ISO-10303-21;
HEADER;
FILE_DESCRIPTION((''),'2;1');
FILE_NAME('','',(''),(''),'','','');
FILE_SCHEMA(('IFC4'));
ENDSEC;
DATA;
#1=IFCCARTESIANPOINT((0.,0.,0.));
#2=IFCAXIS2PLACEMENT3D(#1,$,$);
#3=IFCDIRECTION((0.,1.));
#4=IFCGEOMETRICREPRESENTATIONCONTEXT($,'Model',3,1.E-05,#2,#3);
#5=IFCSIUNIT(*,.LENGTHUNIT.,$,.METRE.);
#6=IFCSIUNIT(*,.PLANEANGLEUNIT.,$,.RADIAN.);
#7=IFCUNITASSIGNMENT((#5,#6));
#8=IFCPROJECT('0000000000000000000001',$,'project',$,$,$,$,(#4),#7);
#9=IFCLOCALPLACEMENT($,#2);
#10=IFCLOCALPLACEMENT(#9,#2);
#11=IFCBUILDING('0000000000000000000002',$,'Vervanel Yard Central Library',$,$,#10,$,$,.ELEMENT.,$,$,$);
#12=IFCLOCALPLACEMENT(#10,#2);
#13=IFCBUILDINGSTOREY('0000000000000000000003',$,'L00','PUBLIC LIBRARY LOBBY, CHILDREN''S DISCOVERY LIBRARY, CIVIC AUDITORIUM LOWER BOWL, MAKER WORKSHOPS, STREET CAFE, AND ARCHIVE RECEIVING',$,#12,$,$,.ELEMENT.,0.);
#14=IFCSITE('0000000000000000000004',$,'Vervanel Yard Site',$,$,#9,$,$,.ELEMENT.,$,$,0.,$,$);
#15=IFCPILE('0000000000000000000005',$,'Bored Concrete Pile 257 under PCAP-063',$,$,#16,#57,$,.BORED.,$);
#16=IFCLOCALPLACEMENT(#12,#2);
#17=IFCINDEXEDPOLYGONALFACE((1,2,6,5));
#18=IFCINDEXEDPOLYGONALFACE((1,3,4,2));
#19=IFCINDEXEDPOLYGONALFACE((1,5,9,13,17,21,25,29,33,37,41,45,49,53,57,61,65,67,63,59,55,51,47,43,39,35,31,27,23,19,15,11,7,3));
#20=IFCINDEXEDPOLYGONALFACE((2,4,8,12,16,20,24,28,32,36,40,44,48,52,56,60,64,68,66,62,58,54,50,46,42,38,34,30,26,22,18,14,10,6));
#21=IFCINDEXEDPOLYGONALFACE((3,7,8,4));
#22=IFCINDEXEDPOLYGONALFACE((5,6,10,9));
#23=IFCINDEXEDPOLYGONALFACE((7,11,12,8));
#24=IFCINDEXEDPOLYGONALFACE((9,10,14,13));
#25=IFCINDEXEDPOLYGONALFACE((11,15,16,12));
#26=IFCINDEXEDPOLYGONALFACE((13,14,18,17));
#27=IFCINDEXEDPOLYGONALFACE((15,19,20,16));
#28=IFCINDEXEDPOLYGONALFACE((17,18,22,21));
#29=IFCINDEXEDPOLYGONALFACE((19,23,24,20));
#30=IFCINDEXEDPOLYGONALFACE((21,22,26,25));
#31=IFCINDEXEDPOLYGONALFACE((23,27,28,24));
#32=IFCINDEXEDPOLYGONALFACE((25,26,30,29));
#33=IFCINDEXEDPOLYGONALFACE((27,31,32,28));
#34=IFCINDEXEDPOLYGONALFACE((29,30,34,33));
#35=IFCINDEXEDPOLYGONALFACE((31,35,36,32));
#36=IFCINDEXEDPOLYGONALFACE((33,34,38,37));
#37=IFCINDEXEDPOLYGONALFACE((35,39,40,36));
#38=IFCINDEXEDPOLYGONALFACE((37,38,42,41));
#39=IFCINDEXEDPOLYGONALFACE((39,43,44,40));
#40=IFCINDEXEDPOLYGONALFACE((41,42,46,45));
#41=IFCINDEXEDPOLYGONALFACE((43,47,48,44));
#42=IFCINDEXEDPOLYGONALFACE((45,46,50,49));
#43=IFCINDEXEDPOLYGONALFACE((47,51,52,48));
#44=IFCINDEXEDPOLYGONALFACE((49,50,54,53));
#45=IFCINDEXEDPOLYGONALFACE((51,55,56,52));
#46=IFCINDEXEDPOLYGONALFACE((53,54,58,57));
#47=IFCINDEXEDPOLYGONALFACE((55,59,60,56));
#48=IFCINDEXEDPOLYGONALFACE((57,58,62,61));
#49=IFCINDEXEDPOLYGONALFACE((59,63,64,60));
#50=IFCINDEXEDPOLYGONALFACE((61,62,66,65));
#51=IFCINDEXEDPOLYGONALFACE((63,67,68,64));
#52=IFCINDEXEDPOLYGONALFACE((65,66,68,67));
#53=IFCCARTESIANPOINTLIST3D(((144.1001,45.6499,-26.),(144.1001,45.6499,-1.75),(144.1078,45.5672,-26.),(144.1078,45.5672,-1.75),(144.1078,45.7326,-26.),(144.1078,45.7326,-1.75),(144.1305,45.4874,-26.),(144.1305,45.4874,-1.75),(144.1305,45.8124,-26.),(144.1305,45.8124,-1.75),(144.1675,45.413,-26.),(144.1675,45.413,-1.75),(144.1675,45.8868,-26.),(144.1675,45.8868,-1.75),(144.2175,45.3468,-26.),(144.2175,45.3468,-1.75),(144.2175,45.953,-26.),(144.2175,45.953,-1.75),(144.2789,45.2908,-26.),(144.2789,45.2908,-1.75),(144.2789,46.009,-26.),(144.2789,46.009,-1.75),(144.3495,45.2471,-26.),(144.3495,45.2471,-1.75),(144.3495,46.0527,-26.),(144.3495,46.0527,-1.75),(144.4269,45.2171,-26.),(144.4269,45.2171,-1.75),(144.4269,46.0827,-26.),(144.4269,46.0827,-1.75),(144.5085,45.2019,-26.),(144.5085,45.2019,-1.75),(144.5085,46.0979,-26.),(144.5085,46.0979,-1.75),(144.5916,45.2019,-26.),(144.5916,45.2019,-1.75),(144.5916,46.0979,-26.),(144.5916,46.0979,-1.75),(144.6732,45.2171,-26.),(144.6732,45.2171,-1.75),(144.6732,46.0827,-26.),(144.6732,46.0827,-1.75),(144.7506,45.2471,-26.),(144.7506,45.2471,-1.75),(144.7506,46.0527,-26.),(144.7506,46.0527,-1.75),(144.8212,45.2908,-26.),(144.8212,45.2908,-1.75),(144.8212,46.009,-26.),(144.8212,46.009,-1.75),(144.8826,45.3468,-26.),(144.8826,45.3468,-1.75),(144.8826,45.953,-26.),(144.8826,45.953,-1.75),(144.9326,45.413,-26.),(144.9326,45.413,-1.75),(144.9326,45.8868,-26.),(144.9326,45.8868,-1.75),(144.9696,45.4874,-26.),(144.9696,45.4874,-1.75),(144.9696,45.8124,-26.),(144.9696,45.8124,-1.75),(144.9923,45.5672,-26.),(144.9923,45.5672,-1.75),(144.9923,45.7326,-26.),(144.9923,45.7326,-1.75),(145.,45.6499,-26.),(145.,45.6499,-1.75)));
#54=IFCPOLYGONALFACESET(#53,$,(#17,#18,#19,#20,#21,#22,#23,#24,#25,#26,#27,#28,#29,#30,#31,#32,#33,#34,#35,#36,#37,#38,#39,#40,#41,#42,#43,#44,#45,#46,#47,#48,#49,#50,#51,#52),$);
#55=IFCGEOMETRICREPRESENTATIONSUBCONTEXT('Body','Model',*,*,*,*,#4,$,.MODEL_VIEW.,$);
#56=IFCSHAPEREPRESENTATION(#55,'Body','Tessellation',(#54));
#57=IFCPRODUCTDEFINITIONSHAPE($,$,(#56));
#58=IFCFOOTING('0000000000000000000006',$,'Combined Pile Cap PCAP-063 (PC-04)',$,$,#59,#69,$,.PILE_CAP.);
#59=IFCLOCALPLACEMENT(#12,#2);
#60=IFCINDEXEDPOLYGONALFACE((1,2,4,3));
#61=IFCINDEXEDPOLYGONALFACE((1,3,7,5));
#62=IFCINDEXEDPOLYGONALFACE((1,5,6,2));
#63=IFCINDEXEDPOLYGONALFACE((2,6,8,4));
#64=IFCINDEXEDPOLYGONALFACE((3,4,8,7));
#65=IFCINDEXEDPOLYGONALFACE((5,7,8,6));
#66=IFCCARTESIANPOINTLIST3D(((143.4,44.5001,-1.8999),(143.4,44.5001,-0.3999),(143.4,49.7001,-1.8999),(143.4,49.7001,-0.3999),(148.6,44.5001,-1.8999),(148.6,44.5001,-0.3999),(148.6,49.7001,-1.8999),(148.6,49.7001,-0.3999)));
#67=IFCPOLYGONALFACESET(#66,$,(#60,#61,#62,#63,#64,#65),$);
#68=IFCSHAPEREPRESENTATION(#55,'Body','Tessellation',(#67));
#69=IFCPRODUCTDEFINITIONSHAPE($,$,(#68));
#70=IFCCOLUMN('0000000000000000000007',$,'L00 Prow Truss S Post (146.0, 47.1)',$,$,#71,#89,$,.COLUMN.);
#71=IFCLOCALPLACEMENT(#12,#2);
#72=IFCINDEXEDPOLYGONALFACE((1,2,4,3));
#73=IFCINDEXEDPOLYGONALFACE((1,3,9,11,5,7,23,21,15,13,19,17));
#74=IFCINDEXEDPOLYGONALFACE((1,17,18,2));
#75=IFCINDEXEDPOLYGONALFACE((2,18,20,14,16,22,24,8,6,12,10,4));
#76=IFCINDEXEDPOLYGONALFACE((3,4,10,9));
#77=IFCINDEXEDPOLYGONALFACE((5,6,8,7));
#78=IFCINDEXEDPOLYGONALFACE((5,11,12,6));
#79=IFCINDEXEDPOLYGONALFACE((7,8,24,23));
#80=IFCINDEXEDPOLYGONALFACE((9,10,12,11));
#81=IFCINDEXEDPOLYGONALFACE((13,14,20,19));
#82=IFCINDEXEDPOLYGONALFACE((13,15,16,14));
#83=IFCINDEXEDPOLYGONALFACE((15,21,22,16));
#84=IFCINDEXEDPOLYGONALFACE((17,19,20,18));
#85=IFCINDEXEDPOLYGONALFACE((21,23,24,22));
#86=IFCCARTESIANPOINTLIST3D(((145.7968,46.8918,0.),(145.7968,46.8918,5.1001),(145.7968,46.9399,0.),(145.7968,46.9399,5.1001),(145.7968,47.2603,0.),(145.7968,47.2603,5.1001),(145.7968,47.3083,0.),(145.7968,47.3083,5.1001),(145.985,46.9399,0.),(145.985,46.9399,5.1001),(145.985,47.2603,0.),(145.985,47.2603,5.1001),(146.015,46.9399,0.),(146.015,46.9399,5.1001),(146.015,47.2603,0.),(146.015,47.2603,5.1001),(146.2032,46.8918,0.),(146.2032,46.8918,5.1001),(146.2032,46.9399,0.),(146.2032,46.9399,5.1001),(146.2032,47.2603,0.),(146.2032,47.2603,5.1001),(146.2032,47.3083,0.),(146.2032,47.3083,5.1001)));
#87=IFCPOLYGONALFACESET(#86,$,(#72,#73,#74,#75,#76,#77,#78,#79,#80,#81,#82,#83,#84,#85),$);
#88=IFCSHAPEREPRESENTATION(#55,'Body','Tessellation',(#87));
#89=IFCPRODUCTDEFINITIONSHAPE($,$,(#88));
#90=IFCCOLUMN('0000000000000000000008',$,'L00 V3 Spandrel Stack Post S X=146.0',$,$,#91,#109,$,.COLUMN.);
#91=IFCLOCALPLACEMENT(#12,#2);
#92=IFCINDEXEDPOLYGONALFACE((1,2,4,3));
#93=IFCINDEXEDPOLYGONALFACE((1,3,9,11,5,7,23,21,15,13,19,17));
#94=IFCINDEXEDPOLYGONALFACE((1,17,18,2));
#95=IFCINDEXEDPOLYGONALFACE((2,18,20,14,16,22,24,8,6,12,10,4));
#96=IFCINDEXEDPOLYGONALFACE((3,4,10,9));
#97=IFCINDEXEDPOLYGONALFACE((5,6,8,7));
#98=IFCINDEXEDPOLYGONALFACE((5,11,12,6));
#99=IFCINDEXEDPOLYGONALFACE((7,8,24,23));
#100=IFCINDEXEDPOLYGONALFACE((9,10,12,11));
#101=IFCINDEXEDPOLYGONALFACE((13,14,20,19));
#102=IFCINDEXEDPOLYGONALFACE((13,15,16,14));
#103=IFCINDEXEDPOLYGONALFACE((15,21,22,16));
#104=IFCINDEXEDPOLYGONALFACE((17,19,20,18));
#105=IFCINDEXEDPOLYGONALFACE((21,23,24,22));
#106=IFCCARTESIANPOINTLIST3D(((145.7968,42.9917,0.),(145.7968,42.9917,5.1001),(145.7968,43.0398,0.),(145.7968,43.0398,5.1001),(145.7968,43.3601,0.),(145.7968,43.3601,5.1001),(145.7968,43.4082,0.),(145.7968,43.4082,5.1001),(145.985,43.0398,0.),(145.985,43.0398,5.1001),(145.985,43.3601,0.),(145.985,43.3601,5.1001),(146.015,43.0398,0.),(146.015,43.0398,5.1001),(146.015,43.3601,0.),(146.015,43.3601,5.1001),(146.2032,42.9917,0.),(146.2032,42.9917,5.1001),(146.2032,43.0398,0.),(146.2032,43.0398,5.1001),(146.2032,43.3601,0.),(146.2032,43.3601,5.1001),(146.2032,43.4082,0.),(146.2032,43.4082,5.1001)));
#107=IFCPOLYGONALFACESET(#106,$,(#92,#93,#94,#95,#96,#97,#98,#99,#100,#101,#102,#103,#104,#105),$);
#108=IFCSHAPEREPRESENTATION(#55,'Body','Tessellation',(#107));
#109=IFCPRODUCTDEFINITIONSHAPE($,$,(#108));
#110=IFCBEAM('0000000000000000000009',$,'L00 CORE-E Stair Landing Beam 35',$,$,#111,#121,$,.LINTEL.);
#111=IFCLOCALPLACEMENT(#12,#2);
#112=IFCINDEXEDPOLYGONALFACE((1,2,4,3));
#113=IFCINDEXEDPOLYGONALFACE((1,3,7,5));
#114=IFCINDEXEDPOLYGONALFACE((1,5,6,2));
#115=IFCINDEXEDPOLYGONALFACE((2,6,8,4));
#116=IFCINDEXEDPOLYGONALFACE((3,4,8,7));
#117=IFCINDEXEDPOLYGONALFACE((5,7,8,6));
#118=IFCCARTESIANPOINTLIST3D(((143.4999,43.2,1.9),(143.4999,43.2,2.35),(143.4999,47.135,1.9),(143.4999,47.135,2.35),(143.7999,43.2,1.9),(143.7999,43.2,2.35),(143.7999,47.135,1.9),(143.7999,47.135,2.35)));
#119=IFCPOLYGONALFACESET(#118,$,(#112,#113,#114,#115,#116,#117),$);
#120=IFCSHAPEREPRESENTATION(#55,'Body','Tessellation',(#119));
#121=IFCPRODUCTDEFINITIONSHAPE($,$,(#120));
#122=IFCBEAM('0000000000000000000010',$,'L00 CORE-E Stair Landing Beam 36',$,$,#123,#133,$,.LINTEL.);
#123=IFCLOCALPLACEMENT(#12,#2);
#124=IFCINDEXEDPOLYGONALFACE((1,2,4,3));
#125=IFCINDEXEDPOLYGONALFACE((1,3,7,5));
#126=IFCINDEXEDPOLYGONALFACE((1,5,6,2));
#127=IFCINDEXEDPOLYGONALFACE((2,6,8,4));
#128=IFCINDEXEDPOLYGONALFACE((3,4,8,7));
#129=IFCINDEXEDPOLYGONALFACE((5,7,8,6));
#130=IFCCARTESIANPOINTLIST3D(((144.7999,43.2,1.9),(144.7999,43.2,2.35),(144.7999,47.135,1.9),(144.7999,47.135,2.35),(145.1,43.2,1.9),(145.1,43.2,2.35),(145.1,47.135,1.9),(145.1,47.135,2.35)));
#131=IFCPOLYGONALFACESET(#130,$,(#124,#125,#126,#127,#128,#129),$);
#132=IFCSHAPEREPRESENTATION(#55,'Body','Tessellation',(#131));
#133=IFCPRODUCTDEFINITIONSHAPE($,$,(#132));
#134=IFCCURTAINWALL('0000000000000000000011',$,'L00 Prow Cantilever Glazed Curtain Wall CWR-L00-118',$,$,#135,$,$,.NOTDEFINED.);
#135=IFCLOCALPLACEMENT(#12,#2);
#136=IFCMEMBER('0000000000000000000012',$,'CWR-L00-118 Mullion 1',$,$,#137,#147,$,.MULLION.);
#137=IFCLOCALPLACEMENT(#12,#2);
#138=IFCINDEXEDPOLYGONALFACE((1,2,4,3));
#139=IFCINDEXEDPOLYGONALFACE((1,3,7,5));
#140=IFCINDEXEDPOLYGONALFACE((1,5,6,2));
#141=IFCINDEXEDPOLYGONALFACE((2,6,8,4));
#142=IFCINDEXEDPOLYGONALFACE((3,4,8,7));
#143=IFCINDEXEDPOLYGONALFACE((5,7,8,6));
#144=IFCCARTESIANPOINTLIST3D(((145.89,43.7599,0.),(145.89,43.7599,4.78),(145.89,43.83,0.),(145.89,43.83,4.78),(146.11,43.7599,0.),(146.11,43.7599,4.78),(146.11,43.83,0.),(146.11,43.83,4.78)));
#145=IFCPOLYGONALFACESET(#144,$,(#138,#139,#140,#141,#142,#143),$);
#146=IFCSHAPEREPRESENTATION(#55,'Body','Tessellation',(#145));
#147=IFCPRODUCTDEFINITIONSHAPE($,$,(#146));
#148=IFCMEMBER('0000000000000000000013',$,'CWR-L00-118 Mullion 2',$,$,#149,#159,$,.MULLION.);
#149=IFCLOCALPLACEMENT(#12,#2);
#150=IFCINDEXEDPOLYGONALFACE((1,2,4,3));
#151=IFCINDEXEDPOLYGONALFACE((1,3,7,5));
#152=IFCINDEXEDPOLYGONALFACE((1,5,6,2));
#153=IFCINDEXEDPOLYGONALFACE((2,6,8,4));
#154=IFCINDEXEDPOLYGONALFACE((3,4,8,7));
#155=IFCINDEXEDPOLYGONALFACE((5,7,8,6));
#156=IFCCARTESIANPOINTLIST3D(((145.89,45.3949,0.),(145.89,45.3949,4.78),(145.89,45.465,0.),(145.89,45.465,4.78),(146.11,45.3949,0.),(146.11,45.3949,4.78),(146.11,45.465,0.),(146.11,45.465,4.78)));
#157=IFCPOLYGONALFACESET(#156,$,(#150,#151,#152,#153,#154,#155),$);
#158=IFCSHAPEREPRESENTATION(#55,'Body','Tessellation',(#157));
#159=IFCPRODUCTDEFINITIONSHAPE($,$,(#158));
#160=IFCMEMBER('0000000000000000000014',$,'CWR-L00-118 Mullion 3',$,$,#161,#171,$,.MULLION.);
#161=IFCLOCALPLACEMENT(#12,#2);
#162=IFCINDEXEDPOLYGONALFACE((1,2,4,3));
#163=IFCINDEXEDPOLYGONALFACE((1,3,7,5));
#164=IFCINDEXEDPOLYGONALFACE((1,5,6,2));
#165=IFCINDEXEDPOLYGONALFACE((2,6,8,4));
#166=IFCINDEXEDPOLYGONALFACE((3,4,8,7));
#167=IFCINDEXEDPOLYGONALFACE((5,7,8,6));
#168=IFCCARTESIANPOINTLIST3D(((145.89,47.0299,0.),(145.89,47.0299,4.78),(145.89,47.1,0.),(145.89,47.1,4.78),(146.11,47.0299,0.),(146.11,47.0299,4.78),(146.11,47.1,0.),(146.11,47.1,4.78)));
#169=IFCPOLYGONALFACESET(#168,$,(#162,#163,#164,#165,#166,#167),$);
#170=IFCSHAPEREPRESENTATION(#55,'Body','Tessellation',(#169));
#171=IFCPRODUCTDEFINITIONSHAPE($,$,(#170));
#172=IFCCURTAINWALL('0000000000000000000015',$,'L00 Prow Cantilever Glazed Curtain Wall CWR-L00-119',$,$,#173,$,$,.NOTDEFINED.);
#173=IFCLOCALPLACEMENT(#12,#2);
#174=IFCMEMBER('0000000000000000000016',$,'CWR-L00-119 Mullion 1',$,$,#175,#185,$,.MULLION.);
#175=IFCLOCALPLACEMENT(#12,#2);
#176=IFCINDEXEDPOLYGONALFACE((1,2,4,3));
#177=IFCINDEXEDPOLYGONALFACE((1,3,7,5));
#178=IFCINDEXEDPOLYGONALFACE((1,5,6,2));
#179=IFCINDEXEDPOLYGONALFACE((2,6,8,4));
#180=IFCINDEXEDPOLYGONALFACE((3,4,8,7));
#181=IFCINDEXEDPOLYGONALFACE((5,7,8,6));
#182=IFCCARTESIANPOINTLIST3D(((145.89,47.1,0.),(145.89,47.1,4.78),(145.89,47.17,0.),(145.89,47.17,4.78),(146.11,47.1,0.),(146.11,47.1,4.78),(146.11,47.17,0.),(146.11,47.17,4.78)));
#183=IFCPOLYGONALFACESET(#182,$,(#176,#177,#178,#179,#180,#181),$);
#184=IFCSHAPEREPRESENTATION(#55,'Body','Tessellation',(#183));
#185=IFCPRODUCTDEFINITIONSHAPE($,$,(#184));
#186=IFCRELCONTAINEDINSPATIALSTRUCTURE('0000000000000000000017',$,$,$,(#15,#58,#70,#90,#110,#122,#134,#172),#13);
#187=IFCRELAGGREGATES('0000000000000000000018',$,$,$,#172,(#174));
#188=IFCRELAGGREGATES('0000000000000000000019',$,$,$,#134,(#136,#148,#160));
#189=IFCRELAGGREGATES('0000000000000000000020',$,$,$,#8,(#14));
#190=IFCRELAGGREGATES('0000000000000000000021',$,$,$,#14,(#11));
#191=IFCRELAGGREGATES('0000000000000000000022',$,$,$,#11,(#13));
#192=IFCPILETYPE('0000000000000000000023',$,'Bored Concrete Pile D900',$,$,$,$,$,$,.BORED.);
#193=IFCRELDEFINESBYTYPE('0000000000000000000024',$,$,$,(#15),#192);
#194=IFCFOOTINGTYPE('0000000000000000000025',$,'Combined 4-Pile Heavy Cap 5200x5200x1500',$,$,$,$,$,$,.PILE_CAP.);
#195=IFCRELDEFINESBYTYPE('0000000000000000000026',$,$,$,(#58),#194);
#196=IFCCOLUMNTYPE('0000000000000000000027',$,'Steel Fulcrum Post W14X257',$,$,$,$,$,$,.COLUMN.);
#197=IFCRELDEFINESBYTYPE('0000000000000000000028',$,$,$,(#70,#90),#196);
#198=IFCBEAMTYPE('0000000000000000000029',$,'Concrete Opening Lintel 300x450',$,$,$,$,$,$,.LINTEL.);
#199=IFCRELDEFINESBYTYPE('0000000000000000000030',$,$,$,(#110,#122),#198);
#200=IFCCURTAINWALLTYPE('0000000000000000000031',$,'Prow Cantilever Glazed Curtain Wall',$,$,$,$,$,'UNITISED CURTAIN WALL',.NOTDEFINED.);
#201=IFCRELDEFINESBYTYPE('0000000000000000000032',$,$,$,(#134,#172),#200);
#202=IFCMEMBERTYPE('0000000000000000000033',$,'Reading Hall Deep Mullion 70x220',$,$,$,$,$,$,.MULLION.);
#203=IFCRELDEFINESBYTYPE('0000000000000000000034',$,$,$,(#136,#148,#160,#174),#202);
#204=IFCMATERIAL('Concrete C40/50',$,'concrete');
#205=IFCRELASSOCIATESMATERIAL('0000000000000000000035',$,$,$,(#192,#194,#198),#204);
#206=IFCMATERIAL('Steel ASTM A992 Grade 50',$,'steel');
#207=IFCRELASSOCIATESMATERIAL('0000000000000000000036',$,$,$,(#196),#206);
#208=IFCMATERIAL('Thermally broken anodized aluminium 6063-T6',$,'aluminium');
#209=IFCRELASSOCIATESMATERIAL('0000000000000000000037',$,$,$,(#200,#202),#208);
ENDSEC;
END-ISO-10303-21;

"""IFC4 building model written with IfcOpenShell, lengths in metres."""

from ifc_helpers import new_model, si_unit, direction, frame, origin, origin_2d, place, context, subcontext, project, spatial, rectangle, circle, i_section, extrude, material, material_profile, profile_set, type_object, element, aggregate, save


model = new_model("IFC4")

# Units and contexts
model_context = context("Model", 3, precision=1e-05, world=origin(), true_north=direction((0.0, 1.0)))
body_context = subcontext(model_context, "Body", "Model", "MODEL_VIEW")
ifc_project = project(units=[si_unit("LENGTHUNIT", "METRE"), si_unit("PLANEANGLEUNIT", "RADIAN")], contexts=[model_context])

# Site, building, storey
site_placement = place(None, origin())
site = spatial("IfcSite", under=ifc_project, at=site_placement, Name="Vervanel Yard Site", CompositionType="ELEMENT", RefElevation=0.0)
building_placement = place(site_placement, origin())
building = spatial("IfcBuilding", under=site, at=building_placement, Name="Vervanel Yard Central Library", CompositionType="ELEMENT")
storey_placement = place(building_placement, origin())
storey = spatial("IfcBuildingStorey", under=building, at=storey_placement, Name="L00", Description="PUBLIC LIBRARY LOBBY, CHILDREN'S DISCOVERY LIBRARY, CIVIC AUDITORIUM LOWER BOWL, MAKER WORKSHOPS, STREET CAFE, AND ARCHIVE RECEIVING", CompositionType="ELEMENT", Elevation=0.0)

# Pile
ifc_material_1 = material(Name="Concrete C40/50", Category="concrete")
ifc_material_profile_1 = material_profile(ifc_material_1, circle(Radius=0.45, at=origin_2d()), Name="BP D900", Category="concrete")
ifc_profile_set_1 = profile_set([ifc_material_profile_1], Name="Concrete C40/50")
pile_type = type_object("IfcPileType", Name="Bored Concrete Pile D900", PredefinedType="BORED", material=ifc_profile_set_1)
pile_placement = place(storey_placement, frame((144.55, 45.6499, -1.75), z_axis=(0.0, 0.0, -1.0), x_axis=(1.0, 0.0, 0.0)))
element("IfcPile", 1, at=pile_placement, inside=storey, type_object=pile_type, Name="Bored Concrete Pile 257 under PCAP-063", PredefinedType="BORED", context=body_context, shape_type="SweptSolid", body=[
    extrude(circle(Radius=0.45, at=origin_2d()), origin(), (0.0, 0.0, 1.0), 24.25),
])

# Footing
footing_type = type_object("IfcFootingType", Name="Combined 4-Pile Heavy Cap 5200x5200x1500", PredefinedType="PILE_CAP", material=ifc_material_1)
footing_placement = place(storey_placement, frame((146.0, 47.1001, -1.8999), z_axis=(0.0, 0.0, 1.0), x_axis=(1.0, 0.0, 0.0)))
element("IfcFooting", 2, at=footing_placement, inside=storey, type_object=footing_type, Name="Combined Pile Cap PCAP-063 (PC-04)", PredefinedType="PILE_CAP", context=body_context, shape_type="SweptSolid", body=[
    extrude(rectangle(XDim=5.2, YDim=5.2, at=origin_2d()), origin(), (0.0, 0.0, 1.0), 1.5),
])

# Columns
ifc_material_2 = material(Name="Steel ASTM A992 Grade 50", Category="steel")
ifc_material_profile_2 = material_profile(ifc_material_2, i_section(OverallWidth=0.4065, OverallDepth=0.4165, WebThickness=0.03, FlangeThickness=0.0481, at=origin_2d()), Name="W14X257", Category="steel")
ifc_profile_set_2 = profile_set([ifc_material_profile_2], Name="Steel ASTM A992 Grade 50")
column_type = type_object("IfcColumnType", Name="Steel Fulcrum Post W14X257", PredefinedType="COLUMN", material=ifc_profile_set_2)
for number, where, z_axis, x_axis, name in (
    (3, (146.0, 47.1001, 0.0), (0.0, 0.0, 1.0), (1.0, 0.0, 0.0), "L00 Prow Truss S Post (146.0, 47.1)"),
    (4, (146.0, 43.2, 0.0), (0.0, 0.0, 1.0), (1.0, 0.0, 0.0), "L00 V3 Spandrel Stack Post S X=146.0"),
):
    element("IfcColumn", number, at=place(storey_placement, frame(where, z_axis=z_axis, x_axis=x_axis)), inside=storey, type_object=column_type, Name=name, PredefinedType="COLUMN", context=body_context, shape_type="SweptSolid", body=[
        extrude(i_section(OverallWidth=0.4065, OverallDepth=0.4165, WebThickness=0.03, FlangeThickness=0.0481, at=origin_2d()), origin(), (0.0, 0.0, 1.0), 5.1001),
    ])

# Beams
ifc_material_profile_3 = material_profile(ifc_material_1, rectangle(XDim=0.3, YDim=0.45, at=origin_2d()), Name="RC 300x450", Category="concrete")
ifc_profile_set_3 = profile_set([ifc_material_profile_3], Name="Concrete C40/50")
beam_type = type_object("IfcBeamType", Name="Concrete Opening Lintel 300x450", PredefinedType="LINTEL", material=ifc_profile_set_3)
for number, where, z_axis, x_axis, name in (
    (5, (143.6499, 43.2, 2.125), (0.0, 1.0, 0.0), (-1.0, 0.0, 0.0), "L00 CORE-E Stair Landing Beam 35"),
    (6, (144.95, 43.2, 2.125), (0.0, 1.0, 0.0), (-1.0, 0.0, 0.0), "L00 CORE-E Stair Landing Beam 36"),
):
    element("IfcBeam", number, at=place(storey_placement, frame(where, z_axis=z_axis, x_axis=x_axis)), inside=storey, type_object=beam_type, Name=name, PredefinedType="LINTEL", context=body_context, shape_type="SweptSolid", body=[
        extrude(rectangle(XDim=0.3, YDim=0.45, at=origin_2d()), origin(), (0.0, 0.0, 1.0), 3.9351),
    ])

# Curtain wall, members
ifc_material_3 = material(Name="Thermally broken anodized aluminium 6063-T6", Category="aluminium")
curtain_wall_type = type_object("IfcCurtainWallType", Name="Prow Cantilever Glazed Curtain Wall", ElementType="UNITISED CURTAIN WALL", PredefinedType="NOTDEFINED", material=ifc_material_3)
curtain_wall_1_placement = place(storey_placement, origin())
curtain_wall_1 = element("IfcCurtainWall", 7, at=curtain_wall_1_placement, inside=storey, type_object=curtain_wall_type, Name="L00 Prow Cantilever Glazed Curtain Wall CWR-L00-118", PredefinedType="NOTDEFINED")
ifc_material_profile_4 = material_profile(ifc_material_3, rectangle(XDim=0.0701, YDim=0.22, at=origin_2d()), Name="ALU 70x220", Category="aluminium")
ifc_profile_set_4 = profile_set([ifc_material_profile_4], Name="Thermally broken anodized aluminium 6063-T6")
member_type_1 = type_object("IfcMemberType", Name="Reading Hall Deep Mullion 70x220", PredefinedType="MULLION", material=ifc_profile_set_4)
member_1_placement = place(storey_placement, frame((146.0, 43.7949, 0.0), z_axis=(0.0, 0.0, 1.0), x_axis=(0.0, 1.0, 0.0)))
member_1 = element("IfcMember", 8, at=member_1_placement, type_object=member_type_1, Name="CWR-L00-118 Mullion 1", PredefinedType="MULLION", context=body_context, shape_type="SweptSolid", body=[
    extrude(rectangle(XDim=0.0701, YDim=0.22, at=origin_2d()), origin(), (0.0, 0.0, 1.0), 4.78),
])
member_2_placement = place(storey_placement, frame((146.0, 45.4299, 0.0), z_axis=(0.0, 0.0, 1.0), x_axis=(0.0, 1.0, 0.0)))
member_2 = element("IfcMember", 9, at=member_2_placement, type_object=member_type_1, Name="CWR-L00-118 Mullion 2", PredefinedType="MULLION", context=body_context, shape_type="SweptSolid", body=[
    extrude(rectangle(XDim=0.0701, YDim=0.22, at=origin_2d()), origin(), (0.0, 0.0, 1.0), 4.78),
])
member_3_placement = place(storey_placement, frame((146.0, 47.0649, 0.0), z_axis=(0.0, 0.0, 1.0), x_axis=(0.0, 1.0, 0.0)))
member_3 = element("IfcMember", 10, at=member_3_placement, type_object=member_type_1, Name="CWR-L00-118 Mullion 3", PredefinedType="MULLION", context=body_context, shape_type="SweptSolid", body=[
    extrude(rectangle(XDim=0.0701, YDim=0.22, at=origin_2d()), origin(), (0.0, 0.0, 1.0), 4.78),
])

# Curtain wall, member
curtain_wall_2_placement = place(storey_placement, origin())
curtain_wall_2 = element("IfcCurtainWall", 11, at=curtain_wall_2_placement, inside=storey, type_object=curtain_wall_type, Name="L00 Prow Cantilever Glazed Curtain Wall CWR-L00-119", PredefinedType="NOTDEFINED")
member_4_placement = place(storey_placement, frame((146.0, 47.135, 0.0), z_axis=(0.0, 0.0, 1.0), x_axis=(0.0, 1.0, 0.0)))
member_4 = element("IfcMember", 12, at=member_4_placement, type_object=member_type_1, Name="CWR-L00-119 Mullion 1", PredefinedType="MULLION", context=body_context, shape_type="SweptSolid", body=[
    extrude(rectangle(XDim=0.0701, YDim=0.22, at=origin_2d()), origin(), (0.0, 0.0, 1.0), 4.78),
])
aggregate(curtain_wall_2, [member_4])

aggregate(curtain_wall_1, [member_1, member_2, member_3])

save(model, "model.ifc")
